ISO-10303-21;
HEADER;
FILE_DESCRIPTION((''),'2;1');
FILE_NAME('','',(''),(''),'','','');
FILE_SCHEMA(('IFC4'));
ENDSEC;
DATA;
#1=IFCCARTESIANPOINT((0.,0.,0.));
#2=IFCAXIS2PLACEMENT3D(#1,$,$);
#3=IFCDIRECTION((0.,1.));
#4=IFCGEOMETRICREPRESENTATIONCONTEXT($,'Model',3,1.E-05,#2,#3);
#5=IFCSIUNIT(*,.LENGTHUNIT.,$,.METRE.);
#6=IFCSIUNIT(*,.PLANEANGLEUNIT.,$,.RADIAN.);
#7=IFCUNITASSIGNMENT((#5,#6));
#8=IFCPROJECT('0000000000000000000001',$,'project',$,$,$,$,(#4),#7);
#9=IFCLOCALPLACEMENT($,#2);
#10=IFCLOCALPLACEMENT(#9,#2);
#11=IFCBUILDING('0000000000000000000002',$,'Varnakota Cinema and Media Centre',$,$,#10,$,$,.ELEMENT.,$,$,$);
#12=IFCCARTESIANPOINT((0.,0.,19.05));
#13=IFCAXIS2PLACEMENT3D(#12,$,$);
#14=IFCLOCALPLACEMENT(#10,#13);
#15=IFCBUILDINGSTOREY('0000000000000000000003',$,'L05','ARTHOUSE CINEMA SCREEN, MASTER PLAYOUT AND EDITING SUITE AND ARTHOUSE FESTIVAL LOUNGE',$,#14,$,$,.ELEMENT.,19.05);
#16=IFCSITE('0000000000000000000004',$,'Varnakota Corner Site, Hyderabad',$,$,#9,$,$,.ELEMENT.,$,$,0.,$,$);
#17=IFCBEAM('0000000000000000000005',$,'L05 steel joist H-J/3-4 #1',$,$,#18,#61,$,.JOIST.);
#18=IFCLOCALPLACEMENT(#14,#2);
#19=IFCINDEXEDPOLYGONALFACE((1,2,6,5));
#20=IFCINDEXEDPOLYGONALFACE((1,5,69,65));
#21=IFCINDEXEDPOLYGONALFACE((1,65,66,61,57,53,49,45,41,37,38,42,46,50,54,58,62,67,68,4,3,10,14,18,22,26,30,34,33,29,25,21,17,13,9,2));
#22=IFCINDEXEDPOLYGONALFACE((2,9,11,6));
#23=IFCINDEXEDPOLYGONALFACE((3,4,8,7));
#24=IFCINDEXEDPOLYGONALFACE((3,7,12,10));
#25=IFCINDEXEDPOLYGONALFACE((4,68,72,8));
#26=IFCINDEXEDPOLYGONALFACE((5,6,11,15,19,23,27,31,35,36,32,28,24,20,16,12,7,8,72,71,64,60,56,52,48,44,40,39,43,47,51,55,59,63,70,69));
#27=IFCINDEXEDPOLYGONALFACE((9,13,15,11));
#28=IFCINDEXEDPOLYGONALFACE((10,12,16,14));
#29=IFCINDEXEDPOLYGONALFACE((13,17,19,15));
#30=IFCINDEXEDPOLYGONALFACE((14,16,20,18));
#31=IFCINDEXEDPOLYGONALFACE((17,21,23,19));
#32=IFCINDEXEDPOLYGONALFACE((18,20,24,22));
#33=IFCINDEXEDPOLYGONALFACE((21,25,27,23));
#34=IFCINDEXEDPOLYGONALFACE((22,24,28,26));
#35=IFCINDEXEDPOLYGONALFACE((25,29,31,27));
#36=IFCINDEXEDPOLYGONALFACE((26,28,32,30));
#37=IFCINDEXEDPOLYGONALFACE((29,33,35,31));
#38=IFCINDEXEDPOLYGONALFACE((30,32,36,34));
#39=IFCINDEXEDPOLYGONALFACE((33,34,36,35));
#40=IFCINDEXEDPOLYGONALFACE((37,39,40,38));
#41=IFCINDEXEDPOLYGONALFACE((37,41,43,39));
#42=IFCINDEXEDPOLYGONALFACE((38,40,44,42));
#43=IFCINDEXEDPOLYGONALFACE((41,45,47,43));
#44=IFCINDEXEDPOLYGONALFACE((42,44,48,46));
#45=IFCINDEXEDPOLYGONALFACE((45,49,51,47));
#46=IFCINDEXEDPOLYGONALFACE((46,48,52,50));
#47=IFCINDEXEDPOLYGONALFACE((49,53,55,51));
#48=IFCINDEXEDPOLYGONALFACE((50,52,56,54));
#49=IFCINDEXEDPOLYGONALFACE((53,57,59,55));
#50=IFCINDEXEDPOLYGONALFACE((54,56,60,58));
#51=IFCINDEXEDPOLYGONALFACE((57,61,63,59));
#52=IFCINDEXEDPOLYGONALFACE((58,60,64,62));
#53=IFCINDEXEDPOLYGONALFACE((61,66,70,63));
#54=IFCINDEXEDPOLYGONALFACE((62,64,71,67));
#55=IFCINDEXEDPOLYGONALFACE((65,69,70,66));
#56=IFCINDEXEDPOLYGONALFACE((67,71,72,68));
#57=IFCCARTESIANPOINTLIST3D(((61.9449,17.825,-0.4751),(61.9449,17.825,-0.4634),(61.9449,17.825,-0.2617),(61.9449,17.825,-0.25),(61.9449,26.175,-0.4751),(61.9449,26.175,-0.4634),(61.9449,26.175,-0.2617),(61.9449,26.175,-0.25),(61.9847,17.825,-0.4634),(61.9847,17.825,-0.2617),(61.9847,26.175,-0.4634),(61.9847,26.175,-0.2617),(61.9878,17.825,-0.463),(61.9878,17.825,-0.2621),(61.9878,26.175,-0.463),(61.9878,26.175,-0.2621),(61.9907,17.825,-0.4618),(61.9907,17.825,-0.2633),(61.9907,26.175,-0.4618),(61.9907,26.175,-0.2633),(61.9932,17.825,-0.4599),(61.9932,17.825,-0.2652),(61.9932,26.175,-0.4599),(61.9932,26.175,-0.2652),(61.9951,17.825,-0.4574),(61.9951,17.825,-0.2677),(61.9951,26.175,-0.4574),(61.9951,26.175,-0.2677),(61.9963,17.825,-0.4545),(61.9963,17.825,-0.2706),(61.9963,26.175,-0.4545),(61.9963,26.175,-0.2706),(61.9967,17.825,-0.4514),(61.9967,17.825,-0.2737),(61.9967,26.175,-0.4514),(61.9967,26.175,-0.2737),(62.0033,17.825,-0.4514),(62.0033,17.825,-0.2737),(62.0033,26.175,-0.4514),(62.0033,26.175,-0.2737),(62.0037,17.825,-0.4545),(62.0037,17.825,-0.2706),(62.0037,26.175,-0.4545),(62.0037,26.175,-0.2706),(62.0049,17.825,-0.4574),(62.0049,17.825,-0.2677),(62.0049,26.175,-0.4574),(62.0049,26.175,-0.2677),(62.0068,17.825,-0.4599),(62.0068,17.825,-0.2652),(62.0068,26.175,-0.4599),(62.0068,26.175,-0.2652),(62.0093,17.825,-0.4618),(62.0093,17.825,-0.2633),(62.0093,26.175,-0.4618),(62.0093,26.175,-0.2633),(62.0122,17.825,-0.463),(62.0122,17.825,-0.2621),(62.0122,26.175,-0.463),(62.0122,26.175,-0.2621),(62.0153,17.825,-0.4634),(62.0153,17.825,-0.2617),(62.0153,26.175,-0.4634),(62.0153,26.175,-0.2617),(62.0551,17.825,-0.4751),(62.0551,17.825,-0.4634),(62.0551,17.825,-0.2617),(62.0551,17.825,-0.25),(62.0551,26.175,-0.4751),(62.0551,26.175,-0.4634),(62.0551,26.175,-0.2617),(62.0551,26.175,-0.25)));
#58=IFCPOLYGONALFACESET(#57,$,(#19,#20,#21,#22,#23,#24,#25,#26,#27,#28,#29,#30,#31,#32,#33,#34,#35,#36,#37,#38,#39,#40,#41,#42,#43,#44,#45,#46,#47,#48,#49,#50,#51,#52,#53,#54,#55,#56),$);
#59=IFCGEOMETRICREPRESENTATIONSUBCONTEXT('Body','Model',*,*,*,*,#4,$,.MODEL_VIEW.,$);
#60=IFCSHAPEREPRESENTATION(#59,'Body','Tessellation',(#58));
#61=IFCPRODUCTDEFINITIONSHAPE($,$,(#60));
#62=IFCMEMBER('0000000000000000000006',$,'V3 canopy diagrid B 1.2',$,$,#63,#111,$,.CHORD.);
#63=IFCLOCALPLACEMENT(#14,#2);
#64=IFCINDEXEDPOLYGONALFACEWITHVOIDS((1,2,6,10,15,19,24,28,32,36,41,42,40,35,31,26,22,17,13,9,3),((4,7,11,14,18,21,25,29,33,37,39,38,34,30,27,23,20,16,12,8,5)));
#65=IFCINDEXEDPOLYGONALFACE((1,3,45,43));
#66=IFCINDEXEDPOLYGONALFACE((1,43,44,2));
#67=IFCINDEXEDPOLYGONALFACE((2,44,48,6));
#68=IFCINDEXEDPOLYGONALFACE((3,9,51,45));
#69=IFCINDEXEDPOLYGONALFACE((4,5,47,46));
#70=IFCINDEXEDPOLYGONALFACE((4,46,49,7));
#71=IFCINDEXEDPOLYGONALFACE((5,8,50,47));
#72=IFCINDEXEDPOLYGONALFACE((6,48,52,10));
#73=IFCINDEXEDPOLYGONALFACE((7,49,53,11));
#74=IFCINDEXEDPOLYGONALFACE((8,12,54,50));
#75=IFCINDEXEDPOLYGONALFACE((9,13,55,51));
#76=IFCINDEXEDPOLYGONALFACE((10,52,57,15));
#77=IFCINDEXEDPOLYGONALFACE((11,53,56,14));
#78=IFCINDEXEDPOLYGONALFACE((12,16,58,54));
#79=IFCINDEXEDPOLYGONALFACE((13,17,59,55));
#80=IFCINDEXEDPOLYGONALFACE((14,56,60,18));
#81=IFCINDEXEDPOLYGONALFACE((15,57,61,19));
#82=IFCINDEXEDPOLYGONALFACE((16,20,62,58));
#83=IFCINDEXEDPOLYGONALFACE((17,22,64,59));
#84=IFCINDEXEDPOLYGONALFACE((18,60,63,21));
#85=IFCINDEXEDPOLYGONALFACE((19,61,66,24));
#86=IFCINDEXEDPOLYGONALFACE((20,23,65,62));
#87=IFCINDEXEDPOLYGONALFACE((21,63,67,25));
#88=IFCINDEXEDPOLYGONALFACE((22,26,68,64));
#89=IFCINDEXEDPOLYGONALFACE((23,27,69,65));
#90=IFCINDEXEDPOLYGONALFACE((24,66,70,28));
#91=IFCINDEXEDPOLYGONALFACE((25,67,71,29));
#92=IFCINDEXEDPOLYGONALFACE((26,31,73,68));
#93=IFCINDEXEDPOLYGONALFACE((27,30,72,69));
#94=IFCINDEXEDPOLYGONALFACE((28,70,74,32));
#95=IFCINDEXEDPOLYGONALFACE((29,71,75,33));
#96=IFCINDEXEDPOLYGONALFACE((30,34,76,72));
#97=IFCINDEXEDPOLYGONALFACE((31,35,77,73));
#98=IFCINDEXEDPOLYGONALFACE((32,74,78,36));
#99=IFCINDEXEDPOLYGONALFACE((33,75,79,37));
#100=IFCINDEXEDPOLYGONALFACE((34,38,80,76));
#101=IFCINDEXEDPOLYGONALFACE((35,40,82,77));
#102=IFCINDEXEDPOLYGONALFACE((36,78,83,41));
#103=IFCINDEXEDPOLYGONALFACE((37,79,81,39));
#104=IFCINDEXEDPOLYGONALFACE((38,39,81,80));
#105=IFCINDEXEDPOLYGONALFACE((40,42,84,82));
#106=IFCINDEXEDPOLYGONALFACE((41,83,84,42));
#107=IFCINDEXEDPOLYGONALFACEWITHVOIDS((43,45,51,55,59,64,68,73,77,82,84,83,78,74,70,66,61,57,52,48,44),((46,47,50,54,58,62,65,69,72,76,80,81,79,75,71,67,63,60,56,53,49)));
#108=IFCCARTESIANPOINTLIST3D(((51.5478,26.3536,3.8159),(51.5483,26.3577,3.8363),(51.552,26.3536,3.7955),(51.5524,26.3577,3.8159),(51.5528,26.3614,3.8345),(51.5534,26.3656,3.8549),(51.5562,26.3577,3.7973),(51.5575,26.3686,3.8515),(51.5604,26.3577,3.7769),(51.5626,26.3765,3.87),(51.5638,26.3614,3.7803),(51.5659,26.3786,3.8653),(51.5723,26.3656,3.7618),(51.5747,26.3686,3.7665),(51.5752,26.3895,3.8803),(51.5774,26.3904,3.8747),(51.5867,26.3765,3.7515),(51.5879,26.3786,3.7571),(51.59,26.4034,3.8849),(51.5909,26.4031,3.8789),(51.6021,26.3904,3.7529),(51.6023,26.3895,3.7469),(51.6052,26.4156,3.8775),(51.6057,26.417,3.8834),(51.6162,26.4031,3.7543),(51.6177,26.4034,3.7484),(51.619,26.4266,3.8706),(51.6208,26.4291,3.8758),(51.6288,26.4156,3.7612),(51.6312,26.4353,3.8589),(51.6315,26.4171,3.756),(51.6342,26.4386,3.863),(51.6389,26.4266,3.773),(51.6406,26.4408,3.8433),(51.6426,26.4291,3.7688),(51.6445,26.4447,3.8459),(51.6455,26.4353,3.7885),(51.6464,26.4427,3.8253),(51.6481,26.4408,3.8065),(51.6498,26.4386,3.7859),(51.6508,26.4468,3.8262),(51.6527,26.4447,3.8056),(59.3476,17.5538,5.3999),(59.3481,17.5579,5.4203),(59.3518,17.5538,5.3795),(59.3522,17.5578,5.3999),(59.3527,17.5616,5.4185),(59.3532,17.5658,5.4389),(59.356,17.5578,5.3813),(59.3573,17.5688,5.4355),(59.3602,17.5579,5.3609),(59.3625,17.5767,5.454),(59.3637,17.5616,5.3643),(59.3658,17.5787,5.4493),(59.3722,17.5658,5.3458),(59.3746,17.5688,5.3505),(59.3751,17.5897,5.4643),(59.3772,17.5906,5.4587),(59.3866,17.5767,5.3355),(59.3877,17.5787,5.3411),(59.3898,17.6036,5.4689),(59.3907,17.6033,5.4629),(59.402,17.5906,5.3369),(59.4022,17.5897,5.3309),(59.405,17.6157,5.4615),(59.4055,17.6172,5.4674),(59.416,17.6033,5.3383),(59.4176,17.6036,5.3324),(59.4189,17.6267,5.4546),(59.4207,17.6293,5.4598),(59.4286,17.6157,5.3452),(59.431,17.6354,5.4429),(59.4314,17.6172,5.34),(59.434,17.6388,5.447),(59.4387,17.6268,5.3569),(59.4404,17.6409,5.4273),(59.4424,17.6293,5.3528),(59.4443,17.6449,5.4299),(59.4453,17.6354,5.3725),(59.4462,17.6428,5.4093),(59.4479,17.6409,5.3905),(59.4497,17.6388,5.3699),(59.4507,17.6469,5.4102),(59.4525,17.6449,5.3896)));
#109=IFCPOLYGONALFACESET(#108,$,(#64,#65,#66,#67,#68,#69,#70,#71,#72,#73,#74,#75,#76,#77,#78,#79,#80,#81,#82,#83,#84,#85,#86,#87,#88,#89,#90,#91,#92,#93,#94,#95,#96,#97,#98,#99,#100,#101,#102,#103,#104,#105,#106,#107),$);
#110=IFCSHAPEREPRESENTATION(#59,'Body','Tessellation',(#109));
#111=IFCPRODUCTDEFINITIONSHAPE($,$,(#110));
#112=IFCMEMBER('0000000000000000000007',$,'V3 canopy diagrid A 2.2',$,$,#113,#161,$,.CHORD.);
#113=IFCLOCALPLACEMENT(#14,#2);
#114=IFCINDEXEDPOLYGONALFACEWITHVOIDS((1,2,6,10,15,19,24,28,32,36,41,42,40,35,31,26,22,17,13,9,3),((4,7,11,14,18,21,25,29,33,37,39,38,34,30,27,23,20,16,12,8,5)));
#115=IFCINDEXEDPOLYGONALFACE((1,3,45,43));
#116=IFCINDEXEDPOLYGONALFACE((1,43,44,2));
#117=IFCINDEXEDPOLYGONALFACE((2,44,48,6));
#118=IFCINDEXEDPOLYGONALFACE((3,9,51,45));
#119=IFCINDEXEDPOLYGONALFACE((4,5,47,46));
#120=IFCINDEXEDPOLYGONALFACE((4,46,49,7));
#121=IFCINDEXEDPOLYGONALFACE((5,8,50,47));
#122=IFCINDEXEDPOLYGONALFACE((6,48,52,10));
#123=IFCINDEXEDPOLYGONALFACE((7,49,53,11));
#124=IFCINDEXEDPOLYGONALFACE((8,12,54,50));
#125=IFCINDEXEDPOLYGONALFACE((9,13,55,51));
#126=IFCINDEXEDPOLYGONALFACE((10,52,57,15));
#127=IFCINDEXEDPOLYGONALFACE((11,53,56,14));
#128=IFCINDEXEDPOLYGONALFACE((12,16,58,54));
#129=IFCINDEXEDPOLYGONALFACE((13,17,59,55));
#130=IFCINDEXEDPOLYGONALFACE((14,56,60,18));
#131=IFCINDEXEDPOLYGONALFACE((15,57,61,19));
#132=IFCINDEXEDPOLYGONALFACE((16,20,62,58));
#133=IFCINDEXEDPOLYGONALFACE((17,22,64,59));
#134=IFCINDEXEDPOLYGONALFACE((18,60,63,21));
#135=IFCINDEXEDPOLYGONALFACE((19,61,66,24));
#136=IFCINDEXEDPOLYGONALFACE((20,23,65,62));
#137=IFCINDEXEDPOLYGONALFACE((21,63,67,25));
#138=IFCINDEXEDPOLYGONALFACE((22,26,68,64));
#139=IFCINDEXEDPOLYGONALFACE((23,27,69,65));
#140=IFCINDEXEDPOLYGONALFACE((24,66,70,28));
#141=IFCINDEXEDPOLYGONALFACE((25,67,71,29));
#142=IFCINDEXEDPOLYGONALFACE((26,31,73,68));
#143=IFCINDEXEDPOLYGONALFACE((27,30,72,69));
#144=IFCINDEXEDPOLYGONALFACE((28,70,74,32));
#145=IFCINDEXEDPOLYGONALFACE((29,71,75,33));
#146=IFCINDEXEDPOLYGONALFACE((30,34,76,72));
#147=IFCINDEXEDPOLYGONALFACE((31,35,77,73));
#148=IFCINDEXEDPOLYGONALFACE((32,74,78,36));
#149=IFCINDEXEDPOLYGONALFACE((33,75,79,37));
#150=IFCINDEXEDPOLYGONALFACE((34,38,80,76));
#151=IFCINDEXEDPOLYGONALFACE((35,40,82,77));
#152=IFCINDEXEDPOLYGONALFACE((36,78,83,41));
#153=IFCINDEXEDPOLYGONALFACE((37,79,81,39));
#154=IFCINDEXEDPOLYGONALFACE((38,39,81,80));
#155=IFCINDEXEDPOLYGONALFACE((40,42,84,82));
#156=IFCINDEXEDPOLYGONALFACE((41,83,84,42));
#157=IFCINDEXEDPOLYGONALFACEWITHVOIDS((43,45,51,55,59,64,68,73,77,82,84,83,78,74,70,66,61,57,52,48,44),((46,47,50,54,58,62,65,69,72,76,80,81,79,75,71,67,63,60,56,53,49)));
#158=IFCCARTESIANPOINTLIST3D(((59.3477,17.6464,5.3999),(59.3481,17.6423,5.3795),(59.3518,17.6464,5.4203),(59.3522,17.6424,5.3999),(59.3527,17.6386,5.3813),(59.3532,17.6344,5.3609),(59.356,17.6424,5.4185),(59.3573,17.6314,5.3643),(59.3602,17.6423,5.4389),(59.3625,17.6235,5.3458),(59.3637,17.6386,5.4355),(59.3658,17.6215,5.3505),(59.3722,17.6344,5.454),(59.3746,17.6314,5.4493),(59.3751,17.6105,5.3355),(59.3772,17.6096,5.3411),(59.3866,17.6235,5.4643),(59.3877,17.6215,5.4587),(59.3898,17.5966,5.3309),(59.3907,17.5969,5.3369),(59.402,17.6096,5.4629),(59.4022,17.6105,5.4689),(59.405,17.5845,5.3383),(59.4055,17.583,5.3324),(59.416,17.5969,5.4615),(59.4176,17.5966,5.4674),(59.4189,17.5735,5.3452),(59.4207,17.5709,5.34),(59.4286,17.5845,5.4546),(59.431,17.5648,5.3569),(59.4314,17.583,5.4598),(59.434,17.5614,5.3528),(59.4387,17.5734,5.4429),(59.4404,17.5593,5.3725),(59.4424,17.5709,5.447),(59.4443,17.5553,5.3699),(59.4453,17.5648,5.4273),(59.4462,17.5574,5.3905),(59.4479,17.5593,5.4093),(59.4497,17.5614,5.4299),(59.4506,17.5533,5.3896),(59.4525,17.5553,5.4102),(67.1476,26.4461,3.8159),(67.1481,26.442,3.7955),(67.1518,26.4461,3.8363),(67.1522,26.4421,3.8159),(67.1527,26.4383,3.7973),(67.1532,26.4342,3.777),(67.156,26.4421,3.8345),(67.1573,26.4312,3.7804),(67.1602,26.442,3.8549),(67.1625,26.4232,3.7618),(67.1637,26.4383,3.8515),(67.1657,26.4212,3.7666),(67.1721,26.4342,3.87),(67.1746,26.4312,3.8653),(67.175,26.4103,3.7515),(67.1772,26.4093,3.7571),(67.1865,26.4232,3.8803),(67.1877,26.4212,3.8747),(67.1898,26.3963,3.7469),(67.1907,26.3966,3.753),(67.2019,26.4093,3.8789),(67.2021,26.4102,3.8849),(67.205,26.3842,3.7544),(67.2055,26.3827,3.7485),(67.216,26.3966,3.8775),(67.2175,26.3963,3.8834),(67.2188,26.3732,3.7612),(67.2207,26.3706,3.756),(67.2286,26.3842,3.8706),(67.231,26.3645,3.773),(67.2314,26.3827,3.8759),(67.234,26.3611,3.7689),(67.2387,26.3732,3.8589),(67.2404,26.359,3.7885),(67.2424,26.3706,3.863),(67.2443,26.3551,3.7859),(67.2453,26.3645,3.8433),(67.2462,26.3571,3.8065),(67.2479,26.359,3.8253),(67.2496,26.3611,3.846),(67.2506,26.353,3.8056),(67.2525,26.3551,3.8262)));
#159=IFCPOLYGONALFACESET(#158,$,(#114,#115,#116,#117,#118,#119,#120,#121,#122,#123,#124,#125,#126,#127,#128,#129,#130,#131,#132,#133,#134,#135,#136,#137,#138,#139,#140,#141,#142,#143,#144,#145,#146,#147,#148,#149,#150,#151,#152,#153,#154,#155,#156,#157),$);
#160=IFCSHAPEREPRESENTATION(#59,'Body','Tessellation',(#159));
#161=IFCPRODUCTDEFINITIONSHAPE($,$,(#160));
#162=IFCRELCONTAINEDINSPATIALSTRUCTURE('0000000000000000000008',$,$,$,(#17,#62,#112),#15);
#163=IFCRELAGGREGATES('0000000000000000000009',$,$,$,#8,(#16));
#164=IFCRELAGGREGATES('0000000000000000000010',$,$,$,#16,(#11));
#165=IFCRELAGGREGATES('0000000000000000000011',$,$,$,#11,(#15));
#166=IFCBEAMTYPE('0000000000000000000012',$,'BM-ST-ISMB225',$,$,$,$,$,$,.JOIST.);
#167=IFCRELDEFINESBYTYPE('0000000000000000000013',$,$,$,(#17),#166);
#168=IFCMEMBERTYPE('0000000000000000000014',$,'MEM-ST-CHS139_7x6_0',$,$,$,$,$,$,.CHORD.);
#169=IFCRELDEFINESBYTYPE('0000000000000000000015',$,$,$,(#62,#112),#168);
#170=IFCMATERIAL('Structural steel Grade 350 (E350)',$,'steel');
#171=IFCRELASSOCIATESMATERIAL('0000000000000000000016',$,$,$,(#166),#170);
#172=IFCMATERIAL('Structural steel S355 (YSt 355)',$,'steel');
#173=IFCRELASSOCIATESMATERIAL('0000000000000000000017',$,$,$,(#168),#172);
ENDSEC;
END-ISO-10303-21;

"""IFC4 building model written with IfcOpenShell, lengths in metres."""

from ifc_helpers import new_model, si_unit, direction, frame, origin, origin_2d, place, context, subcontext, project, spatial, hollow_circle, i_section, extrude, material, material_profile, profile_set, type_object, element, save


model = new_model("IFC4")

# Units and contexts
model_context = context("Model", 3, precision=1e-05, world=origin(), true_north=direction((0.0, 1.0)))
body_context = subcontext(model_context, "Body", "Model", "MODEL_VIEW")
ifc_project = project(units=[si_unit("LENGTHUNIT", "METRE"), si_unit("PLANEANGLEUNIT", "RADIAN")], contexts=[model_context])

# Site, building, storey
site_placement = place(None, origin())
site = spatial("IfcSite", under=ifc_project, at=site_placement, Name="Varnakota Corner Site, Hyderabad", CompositionType="ELEMENT", RefElevation=0.0)
building_placement = place(site_placement, origin())
building = spatial("IfcBuilding", under=site, at=building_placement, Name="Varnakota Cinema and Media Centre", CompositionType="ELEMENT")
storey_placement = place(building_placement, frame((0.0, 0.0, 19.05)))
storey = spatial("IfcBuildingStorey", under=building, at=storey_placement, Name="L05", Description="ARTHOUSE CINEMA SCREEN, MASTER PLAYOUT AND EDITING SUITE AND ARTHOUSE FESTIVAL LOUNGE", CompositionType="ELEMENT", Elevation=19.05)

# Beam
ifc_material_1 = material(Name="Structural steel Grade 350 (E350)", Category="steel")
ifc_material_profile_1 = material_profile(ifc_material_1, i_section(OverallWidth=0.1101, OverallDepth=0.2251, WebThickness=0.0066, FlangeThickness=0.0117, FilletRadius=0.012, at=origin_2d()), Name="ISMB 225")
ifc_profile_set_1 = profile_set([ifc_material_profile_1], Name="Structural steel Grade 350 (E350)")
beam_type_1 = type_object("IfcBeamType", Name="BM-ST-ISMB225", PredefinedType="JOIST", material=ifc_profile_set_1)
beam_1_placement = place(storey_placement, frame((62.0, 17.825, -0.3625), z_axis=(0.0, 1.0, 0.0), x_axis=(-1.0, 0.0, 0.0)))
element("IfcBeam", 1, at=beam_1_placement, inside=storey, type_object=beam_type_1, Name="L05 steel joist H-J/3-4 #1", PredefinedType="JOIST", context=body_context, shape_type="SweptSolid", body=[
    extrude(i_section(OverallWidth=0.1101, OverallDepth=0.2251, WebThickness=0.0066, FlangeThickness=0.0117, FilletRadius=0.012, at=origin_2d()), origin(), (0.0, 0.0, 1.0), 8.3501),
])

# Members
ifc_material_2 = material(Name="Structural steel S355 (YSt 355)", Category="steel")
ifc_material_profile_2 = material_profile(ifc_material_2, hollow_circle(Radius=0.0698, WallThickness=0.0061, at=origin_2d()), Name="CHS 139.7x6.0")
ifc_profile_set_2 = profile_set([ifc_material_profile_2], Name="Structural steel S355 (YSt 355)")
member_type_1 = type_object("IfcMemberType", Name="MEM-ST-CHS139_7x6_0", PredefinedType="CHORD", material=ifc_profile_set_2)
for number, where, z_axis, x_axis, name in (
    (2, (59.3999, 17.6001, 5.3999), (-0.657369, 0.741649, -0.133499), (-0.748348, -0.663306, 0.0), "V3 canopy diagrid B 1.2"),
    (3, (59.3999, 17.6001, 5.3999), (0.657381, 0.741639, -0.133497), (-0.748338, 0.663318, 0.0), "V3 canopy diagrid A 2.2"),
):
    element("IfcMember", number, at=place(storey_placement, frame(where, z_axis=z_axis, x_axis=x_axis)), inside=storey, type_object=member_type_1, Name=name, PredefinedType="CHORD", context=body_context, shape_type="SweptSolid", body=[
        extrude(hollow_circle(Radius=0.0698, WallThickness=0.0061, at=origin_2d()), origin(), (0.0, 0.0, 1.0), 11.8652),
    ])

save(model, "model.ifc")
